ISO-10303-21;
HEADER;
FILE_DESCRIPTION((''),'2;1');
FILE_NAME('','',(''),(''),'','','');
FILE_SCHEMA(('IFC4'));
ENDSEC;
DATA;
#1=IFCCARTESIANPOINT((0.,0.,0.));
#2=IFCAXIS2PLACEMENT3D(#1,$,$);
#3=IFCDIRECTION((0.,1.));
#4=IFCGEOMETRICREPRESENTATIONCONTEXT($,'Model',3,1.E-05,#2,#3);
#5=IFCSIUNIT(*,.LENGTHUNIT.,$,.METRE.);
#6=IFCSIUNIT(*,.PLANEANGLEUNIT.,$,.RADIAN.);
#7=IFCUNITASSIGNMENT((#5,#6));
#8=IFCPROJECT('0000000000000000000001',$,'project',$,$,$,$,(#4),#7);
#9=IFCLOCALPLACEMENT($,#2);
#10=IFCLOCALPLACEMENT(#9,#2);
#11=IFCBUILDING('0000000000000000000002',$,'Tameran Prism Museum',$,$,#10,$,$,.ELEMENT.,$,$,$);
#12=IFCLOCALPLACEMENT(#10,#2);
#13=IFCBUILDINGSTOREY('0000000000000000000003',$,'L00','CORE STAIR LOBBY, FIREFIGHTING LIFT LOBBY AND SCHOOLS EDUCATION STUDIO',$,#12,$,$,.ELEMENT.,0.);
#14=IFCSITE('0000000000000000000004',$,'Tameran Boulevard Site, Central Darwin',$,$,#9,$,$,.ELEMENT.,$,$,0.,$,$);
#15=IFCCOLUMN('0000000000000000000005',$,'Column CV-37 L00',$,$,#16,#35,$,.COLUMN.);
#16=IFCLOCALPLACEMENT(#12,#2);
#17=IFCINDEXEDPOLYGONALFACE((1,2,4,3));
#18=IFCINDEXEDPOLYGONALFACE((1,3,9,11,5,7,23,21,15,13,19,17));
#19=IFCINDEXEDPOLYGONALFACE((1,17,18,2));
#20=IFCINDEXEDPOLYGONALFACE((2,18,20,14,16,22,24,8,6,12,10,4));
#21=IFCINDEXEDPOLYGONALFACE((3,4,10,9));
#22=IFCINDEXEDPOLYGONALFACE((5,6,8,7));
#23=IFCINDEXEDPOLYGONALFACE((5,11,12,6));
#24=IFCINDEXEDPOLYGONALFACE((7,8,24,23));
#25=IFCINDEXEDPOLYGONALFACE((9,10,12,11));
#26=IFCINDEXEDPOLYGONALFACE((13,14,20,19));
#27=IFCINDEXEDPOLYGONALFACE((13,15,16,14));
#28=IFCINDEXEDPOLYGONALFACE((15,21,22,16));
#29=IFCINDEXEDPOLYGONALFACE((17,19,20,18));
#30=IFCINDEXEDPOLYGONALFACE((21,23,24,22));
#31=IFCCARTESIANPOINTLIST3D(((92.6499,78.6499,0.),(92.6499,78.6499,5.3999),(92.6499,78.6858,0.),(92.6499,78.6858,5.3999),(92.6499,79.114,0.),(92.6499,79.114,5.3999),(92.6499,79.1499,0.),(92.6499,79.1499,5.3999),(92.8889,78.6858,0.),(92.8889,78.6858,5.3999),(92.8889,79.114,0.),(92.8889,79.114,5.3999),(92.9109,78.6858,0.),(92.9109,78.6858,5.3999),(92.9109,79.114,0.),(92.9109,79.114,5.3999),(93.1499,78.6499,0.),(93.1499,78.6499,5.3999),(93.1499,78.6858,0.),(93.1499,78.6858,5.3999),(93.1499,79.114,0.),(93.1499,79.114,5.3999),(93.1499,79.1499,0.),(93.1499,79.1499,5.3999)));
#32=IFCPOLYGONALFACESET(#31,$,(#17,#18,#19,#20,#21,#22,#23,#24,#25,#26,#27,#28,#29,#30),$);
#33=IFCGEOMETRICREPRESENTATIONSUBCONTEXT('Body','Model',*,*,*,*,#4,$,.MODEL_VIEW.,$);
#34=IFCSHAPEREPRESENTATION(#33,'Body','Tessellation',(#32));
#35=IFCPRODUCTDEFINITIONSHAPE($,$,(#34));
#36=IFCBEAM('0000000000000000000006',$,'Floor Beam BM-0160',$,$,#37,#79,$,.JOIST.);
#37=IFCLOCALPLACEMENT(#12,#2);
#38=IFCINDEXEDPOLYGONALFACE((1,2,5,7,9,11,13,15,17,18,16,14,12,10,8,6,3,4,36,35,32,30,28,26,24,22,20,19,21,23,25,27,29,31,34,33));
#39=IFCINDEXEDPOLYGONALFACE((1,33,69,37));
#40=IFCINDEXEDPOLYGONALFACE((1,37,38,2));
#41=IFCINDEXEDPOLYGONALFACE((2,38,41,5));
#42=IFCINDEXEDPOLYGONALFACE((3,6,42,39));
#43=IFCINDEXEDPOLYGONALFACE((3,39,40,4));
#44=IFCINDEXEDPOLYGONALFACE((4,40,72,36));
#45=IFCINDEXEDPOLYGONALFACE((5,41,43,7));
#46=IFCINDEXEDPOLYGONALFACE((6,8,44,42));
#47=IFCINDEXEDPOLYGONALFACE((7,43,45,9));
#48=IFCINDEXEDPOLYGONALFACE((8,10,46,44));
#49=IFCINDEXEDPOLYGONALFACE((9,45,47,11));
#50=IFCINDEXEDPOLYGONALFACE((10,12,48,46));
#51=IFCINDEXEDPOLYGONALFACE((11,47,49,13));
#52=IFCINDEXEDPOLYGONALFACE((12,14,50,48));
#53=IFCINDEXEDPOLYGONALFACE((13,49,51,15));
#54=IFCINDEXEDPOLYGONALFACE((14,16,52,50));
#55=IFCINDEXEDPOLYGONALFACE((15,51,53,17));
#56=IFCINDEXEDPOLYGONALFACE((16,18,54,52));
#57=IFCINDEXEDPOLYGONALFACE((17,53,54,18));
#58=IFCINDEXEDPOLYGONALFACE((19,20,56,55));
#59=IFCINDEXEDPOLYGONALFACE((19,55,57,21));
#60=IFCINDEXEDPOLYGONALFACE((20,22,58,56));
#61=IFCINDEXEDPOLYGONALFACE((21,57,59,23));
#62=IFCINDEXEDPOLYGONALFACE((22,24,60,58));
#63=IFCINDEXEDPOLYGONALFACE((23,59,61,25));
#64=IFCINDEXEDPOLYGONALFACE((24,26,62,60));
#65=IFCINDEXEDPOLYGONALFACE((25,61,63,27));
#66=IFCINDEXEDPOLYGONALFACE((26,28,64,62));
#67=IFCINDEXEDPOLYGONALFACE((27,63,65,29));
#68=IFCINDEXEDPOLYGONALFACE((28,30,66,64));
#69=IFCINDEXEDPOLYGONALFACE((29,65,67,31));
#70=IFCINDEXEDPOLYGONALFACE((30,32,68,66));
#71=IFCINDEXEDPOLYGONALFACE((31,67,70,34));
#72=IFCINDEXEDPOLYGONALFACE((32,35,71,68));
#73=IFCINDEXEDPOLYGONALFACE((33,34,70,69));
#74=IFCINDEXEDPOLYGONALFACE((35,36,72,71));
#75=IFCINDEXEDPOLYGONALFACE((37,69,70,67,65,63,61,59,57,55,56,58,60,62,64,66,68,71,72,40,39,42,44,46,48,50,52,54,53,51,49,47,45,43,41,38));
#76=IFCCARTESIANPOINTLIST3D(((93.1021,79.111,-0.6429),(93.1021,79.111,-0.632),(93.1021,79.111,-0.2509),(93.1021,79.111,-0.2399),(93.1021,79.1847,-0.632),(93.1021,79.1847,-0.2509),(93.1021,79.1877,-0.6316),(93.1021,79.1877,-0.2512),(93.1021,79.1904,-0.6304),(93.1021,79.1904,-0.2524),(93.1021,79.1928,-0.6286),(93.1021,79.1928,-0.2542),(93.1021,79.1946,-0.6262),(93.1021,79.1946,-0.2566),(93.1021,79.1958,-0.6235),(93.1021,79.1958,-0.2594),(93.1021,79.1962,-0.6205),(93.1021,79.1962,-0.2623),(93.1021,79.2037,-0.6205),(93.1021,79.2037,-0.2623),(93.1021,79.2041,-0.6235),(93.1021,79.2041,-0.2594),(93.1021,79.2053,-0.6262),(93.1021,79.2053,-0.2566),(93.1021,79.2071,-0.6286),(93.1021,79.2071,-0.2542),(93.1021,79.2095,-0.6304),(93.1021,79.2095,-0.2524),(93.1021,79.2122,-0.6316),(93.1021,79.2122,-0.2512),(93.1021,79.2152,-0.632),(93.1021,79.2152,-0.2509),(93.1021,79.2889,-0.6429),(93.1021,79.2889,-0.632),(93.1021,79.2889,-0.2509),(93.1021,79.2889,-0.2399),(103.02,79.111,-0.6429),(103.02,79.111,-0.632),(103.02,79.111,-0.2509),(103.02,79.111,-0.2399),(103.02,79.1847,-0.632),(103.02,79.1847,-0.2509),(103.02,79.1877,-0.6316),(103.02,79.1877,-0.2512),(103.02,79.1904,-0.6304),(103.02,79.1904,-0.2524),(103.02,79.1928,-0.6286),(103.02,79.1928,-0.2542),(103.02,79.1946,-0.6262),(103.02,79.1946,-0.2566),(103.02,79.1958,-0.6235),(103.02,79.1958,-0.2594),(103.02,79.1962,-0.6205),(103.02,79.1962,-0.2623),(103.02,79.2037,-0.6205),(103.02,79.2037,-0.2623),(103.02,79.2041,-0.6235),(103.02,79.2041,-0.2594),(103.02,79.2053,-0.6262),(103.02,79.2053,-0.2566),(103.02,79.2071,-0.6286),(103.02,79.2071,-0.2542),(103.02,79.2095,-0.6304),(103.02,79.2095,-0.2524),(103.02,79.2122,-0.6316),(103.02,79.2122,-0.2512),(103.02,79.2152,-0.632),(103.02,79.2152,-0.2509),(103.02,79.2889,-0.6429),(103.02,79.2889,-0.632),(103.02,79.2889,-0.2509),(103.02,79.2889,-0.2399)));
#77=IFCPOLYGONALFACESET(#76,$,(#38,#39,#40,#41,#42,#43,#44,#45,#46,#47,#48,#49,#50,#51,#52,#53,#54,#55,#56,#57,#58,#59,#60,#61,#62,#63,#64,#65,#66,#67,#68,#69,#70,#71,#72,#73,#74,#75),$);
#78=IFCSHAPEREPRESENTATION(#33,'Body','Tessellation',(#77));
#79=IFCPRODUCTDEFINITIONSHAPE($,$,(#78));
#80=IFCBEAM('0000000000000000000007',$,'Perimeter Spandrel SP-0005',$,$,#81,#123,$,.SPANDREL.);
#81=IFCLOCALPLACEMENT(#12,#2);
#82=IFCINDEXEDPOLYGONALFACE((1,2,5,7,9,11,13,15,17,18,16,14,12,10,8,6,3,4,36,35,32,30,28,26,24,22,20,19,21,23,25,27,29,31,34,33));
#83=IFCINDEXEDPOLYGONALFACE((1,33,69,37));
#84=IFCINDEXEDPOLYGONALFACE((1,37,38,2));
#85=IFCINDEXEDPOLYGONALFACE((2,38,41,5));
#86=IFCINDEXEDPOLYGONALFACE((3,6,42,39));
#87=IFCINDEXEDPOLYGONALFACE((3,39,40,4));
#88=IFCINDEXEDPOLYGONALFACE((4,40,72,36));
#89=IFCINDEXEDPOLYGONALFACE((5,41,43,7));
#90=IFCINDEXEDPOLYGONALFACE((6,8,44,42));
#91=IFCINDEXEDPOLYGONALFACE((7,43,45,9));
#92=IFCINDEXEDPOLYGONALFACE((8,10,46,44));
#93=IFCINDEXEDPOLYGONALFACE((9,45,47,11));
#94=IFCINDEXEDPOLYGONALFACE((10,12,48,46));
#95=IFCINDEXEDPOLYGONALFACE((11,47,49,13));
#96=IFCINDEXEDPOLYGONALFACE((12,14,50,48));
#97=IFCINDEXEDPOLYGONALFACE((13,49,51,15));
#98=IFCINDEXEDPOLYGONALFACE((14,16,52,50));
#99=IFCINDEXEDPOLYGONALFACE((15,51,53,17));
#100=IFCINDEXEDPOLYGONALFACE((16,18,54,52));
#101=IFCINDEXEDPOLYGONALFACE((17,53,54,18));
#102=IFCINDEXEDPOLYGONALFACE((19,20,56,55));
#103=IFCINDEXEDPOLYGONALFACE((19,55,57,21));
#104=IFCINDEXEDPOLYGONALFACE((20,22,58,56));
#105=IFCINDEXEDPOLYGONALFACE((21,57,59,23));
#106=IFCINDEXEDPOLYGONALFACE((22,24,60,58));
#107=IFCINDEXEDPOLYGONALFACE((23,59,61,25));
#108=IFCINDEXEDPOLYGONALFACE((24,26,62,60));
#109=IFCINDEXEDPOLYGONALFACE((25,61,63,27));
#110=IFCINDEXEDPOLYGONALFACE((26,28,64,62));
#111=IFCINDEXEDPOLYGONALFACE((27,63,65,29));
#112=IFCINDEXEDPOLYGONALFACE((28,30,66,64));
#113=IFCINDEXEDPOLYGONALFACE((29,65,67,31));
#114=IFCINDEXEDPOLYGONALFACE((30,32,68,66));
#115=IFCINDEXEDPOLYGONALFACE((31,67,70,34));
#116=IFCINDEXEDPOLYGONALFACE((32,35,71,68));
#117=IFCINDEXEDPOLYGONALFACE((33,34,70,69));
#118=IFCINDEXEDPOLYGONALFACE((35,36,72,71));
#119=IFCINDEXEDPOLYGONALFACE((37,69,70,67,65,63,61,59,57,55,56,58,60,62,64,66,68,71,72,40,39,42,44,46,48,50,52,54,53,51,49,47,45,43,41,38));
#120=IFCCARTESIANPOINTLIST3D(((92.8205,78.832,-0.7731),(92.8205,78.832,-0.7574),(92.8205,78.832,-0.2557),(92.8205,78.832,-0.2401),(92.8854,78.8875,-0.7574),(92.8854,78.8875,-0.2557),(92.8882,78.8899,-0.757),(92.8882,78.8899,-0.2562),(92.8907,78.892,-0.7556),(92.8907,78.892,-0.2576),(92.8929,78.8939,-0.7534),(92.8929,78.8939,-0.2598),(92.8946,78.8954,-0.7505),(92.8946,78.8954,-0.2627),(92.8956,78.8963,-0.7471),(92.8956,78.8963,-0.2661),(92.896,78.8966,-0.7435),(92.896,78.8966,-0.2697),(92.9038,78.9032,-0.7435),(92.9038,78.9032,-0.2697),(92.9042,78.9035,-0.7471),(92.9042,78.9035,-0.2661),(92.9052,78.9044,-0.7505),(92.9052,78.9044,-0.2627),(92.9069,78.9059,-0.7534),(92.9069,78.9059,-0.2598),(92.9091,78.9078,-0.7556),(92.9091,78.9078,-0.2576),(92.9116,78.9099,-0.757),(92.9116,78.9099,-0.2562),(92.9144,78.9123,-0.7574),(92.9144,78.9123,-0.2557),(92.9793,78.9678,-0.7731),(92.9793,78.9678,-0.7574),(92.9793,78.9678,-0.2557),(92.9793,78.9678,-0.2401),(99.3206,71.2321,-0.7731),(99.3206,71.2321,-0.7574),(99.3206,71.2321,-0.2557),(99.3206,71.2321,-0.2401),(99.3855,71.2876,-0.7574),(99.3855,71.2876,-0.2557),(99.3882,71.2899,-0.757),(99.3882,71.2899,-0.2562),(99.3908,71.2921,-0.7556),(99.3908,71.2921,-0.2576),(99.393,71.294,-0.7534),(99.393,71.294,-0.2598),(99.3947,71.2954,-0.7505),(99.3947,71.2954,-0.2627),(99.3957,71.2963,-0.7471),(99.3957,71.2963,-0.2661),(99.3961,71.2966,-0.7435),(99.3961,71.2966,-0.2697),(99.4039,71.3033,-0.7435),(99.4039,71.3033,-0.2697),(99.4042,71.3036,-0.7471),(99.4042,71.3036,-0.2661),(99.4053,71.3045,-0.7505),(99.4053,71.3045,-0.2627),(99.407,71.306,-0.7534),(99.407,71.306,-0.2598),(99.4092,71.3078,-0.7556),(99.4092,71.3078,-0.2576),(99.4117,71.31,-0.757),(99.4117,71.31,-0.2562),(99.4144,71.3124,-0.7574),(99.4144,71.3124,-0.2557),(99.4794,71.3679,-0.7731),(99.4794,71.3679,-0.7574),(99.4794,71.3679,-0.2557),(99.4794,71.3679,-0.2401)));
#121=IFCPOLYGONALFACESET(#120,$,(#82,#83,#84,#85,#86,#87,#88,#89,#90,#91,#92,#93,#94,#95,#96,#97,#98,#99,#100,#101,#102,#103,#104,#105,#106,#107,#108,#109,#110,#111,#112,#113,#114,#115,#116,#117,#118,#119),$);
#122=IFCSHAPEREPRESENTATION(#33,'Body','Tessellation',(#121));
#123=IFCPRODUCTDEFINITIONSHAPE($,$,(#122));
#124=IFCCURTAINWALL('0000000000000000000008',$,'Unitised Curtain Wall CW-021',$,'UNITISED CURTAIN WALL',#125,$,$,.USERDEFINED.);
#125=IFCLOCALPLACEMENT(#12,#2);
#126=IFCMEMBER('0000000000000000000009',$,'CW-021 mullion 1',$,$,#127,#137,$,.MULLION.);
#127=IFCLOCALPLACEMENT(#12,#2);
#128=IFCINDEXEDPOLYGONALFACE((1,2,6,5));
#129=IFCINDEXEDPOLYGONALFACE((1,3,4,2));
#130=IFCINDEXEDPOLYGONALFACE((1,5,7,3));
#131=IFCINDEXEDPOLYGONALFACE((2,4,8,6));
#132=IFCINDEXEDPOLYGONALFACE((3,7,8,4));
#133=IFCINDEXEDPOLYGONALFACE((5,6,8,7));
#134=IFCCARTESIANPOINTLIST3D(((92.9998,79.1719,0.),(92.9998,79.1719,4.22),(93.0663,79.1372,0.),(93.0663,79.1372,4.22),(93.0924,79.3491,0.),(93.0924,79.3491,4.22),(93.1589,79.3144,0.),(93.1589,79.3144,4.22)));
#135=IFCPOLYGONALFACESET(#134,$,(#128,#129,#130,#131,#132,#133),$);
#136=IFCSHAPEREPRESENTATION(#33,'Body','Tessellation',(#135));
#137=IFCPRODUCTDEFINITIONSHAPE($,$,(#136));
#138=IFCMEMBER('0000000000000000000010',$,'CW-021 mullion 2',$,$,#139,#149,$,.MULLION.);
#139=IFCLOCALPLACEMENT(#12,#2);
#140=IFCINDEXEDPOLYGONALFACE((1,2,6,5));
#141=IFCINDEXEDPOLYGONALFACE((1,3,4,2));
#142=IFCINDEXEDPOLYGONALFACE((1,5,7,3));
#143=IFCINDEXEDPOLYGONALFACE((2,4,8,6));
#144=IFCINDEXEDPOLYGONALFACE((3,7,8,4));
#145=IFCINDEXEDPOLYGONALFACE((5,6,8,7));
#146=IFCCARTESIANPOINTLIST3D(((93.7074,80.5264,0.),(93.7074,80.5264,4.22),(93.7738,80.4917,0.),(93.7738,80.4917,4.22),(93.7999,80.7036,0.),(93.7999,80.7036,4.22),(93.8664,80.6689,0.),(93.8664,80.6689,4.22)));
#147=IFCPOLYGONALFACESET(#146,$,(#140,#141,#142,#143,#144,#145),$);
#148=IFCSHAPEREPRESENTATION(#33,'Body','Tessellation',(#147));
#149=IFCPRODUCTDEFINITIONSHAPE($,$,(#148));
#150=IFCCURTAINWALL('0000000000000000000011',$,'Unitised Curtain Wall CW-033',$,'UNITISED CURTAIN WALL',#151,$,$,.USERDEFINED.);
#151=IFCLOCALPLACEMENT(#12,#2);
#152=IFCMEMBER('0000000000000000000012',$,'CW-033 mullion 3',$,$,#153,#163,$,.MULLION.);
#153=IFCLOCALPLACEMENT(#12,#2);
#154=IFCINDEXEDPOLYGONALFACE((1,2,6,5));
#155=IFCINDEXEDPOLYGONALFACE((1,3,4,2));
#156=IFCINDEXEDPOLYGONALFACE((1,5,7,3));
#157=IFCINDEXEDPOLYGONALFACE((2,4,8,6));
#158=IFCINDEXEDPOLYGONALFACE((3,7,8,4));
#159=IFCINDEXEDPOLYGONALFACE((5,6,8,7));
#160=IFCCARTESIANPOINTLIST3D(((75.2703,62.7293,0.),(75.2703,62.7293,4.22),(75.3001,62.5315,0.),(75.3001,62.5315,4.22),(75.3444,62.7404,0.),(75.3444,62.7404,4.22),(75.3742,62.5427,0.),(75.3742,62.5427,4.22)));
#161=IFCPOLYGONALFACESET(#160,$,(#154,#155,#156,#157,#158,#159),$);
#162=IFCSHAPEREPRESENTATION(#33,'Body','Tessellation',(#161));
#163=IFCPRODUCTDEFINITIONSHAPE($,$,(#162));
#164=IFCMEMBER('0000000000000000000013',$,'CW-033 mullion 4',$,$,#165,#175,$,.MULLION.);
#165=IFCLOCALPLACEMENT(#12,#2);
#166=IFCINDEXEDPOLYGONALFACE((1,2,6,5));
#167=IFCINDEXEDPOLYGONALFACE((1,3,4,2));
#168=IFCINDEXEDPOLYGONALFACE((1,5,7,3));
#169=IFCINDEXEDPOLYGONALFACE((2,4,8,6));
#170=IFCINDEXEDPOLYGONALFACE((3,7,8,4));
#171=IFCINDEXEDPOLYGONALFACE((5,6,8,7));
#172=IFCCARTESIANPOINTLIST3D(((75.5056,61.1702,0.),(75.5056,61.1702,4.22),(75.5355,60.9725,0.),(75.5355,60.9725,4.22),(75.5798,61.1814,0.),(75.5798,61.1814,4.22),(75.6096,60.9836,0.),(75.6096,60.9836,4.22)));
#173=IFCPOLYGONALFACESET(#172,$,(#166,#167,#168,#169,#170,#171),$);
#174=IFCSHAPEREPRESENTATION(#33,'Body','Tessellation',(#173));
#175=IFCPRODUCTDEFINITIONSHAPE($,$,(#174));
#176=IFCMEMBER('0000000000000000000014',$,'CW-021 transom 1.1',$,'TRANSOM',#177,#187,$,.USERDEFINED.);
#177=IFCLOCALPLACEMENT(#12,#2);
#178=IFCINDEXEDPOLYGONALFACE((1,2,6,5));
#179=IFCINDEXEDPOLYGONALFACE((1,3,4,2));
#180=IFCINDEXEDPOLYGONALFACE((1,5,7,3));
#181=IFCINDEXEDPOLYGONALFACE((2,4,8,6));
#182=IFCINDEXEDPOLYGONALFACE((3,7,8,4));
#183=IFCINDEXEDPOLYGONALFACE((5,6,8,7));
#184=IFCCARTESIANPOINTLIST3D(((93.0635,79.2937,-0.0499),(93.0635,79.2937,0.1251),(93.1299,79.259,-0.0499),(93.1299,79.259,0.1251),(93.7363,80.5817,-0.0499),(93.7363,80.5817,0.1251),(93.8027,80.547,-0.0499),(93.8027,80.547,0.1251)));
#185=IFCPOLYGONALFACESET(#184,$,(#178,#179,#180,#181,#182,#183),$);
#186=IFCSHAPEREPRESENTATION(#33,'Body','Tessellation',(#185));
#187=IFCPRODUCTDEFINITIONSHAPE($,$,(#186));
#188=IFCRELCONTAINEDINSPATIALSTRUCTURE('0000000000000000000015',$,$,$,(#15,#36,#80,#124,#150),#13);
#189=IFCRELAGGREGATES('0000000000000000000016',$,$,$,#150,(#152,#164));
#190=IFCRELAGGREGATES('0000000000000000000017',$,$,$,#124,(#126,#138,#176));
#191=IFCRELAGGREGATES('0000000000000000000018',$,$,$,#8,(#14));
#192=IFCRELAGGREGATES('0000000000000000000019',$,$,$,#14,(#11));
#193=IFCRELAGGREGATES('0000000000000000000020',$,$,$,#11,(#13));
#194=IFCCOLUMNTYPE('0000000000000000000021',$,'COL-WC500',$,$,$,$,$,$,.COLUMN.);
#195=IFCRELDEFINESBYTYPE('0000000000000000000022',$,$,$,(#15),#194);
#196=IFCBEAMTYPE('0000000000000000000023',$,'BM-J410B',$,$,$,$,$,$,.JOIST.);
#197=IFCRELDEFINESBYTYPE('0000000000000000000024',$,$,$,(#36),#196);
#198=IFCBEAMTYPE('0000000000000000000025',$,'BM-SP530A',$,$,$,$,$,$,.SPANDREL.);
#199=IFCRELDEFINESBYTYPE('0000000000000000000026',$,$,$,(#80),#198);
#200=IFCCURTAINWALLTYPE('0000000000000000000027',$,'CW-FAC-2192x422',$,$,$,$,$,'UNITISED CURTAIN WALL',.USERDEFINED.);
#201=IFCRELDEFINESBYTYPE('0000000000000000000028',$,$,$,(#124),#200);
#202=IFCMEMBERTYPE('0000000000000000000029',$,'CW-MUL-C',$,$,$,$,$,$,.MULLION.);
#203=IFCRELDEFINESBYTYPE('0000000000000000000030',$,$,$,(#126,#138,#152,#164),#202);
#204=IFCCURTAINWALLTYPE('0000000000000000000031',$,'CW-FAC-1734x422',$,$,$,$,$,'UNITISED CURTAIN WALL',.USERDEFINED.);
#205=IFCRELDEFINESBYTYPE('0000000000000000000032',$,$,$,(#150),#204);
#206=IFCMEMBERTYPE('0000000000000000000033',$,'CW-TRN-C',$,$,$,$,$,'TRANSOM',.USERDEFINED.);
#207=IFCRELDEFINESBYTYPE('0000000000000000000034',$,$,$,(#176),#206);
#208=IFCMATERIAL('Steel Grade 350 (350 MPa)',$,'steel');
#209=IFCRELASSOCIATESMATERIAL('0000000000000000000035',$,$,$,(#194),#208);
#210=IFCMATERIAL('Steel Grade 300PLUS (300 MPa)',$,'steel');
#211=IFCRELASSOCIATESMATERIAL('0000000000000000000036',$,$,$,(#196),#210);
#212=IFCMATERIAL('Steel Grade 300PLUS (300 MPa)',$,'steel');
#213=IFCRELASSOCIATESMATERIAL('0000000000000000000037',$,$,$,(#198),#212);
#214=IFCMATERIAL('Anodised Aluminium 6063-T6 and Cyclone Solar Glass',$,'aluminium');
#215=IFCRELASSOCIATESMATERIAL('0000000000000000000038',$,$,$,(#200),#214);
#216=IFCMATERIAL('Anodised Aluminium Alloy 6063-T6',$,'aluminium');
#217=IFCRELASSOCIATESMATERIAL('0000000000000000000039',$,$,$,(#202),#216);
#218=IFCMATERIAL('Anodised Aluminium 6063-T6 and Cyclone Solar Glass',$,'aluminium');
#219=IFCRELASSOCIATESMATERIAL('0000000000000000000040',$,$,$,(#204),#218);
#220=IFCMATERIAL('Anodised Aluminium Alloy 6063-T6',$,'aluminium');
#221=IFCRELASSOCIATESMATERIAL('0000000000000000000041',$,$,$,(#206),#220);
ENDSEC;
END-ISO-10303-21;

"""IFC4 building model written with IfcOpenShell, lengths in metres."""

from ifc_helpers import new_model, si_unit, direction, frame, origin, origin_2d, place, context, subcontext, project, spatial, rectangle, i_section, extrude, material, material_profile, profile_set, type_object, element, aggregate, save


model = new_model("IFC4")

# Units and contexts
model_context = context("Model", 3, precision=1e-05, world=origin(), true_north=direction((0.0, 1.0)))
body_context = subcontext(model_context, "Body", "Model", "MODEL_VIEW")
ifc_project = project(units=[si_unit("LENGTHUNIT", "METRE"), si_unit("PLANEANGLEUNIT", "RADIAN")], contexts=[model_context])

# Site, building, storey
site_placement = place(None, origin())
site = spatial("IfcSite", under=ifc_project, at=site_placement, Name="Tameran Boulevard Site, Central Darwin", CompositionType="ELEMENT", RefElevation=0.0)
building_placement = place(site_placement, origin())
building = spatial("IfcBuilding", under=site, at=building_placement, Name="Tameran Prism Museum", CompositionType="ELEMENT")
storey_placement = place(building_placement, origin())
storey = spatial("IfcBuildingStorey", under=building, at=storey_placement, Name="L00", Description="CORE STAIR LOBBY, FIREFIGHTING LIFT LOBBY AND SCHOOLS EDUCATION STUDIO", CompositionType="ELEMENT", Elevation=0.0)

# Column
ifc_material_1 = material(Name="Steel Grade 350 (350 MPa)", Category="steel")
ifc_material_profile_1 = material_profile(ifc_material_1, i_section(OverallWidth=0.5, OverallDepth=0.5, WebThickness=0.022, FlangeThickness=0.0359, at=origin_2d()))
ifc_profile_set_1 = profile_set([ifc_material_profile_1])
column_type = type_object("IfcColumnType", Name="COL-WC500", PredefinedType="COLUMN", material=ifc_profile_set_1)
column_placement = place(storey_placement, frame((92.8999, 78.8999, 0.0), z_axis=(0.0, 0.0, 1.0), x_axis=(1.0, 0.0, 0.0)))
element("IfcColumn", 1, at=column_placement, inside=storey, type_object=column_type, Name="Column CV-37 L00", PredefinedType="COLUMN", context=body_context, shape_type="SweptSolid", body=[
    extrude(i_section(OverallWidth=0.5, OverallDepth=0.5, WebThickness=0.022, FlangeThickness=0.0359, at=origin_2d()), origin(), (0.0, 0.0, 1.0), 5.3999),
])

# Beams
ifc_material_2 = material(Name="Steel Grade 300PLUS (300 MPa)", Category="steel")
ifc_material_profile_2 = material_profile(ifc_material_2, i_section(OverallWidth=0.178, OverallDepth=0.4031, WebThickness=0.0076, FlangeThickness=0.011, FilletRadius=0.0115, at=origin_2d()))
ifc_profile_set_2 = profile_set([ifc_material_profile_2])
beam_type_1 = type_object("IfcBeamType", Name="BM-J410B", PredefinedType="JOIST", material=ifc_profile_set_2)
beam_1_placement = place(storey_placement, frame((93.1021, 79.2, -0.4414), z_axis=(1.0, 0.0, 0.0), x_axis=(0.0, 1.0, 0.0)))
element("IfcBeam", 2, at=beam_1_placement, inside=storey, type_object=beam_type_1, Name="Floor Beam BM-0160", PredefinedType="JOIST", context=body_context, shape_type="SweptSolid", body=[
    extrude(i_section(OverallWidth=0.178, OverallDepth=0.4031, WebThickness=0.0076, FlangeThickness=0.011, FilletRadius=0.0115, at=origin_2d()), origin(), (0.0, 0.0, 1.0), 9.918),
])
ifc_material_3 = material(Name="Steel Grade 300PLUS (300 MPa)", Category="steel")
ifc_material_profile_3 = material_profile(ifc_material_3, i_section(OverallWidth=0.209, OverallDepth=0.533, WebThickness=0.0103, FlangeThickness=0.0156, FilletRadius=0.0139, at=origin_2d()))
ifc_profile_set_3 = profile_set([ifc_material_profile_3])
beam_type_2 = type_object("IfcBeamType", Name="BM-SP530A", PredefinedType="SPANDREL", material=ifc_profile_set_3)
beam_2_placement = place(storey_placement, frame((92.8999, 78.8999, -0.5066), z_axis=(0.649975, -0.759956, 0.0), x_axis=(0.759956, 0.649975, 0.0)))
element("IfcBeam", 3, at=beam_2_placement, inside=storey, type_object=beam_type_2, Name="Perimeter Spandrel SP-0005", PredefinedType="SPANDREL", context=body_context, shape_type="SweptSolid", body=[
    extrude(i_section(OverallWidth=0.209, OverallDepth=0.533, WebThickness=0.0103, FlangeThickness=0.0156, FilletRadius=0.0139, at=origin_2d()), origin(), (0.0, 0.0, 1.0), 10.0005),
])

# Curtain walls, members
ifc_material_4 = material(Name="Anodised Aluminium 6063-T6 and Cyclone Solar Glass", Category="aluminium")
curtain_wall_type_1 = type_object("IfcCurtainWallType", Name="CW-FAC-2192x422", ElementType="UNITISED CURTAIN WALL", PredefinedType="USERDEFINED", material=ifc_material_4)
curtain_wall_1_placement = place(storey_placement, origin())
curtain_wall_1 = element("IfcCurtainWall", 4, at=curtain_wall_1_placement, inside=storey, type_object=curtain_wall_type_1, Name="Unitised Curtain Wall CW-021", ObjectType="UNITISED CURTAIN WALL", PredefinedType="USERDEFINED")
ifc_material_5 = material(Name="Anodised Aluminium Alloy 6063-T6", Category="aluminium")
ifc_material_profile_4 = material_profile(ifc_material_5, rectangle(XDim=0.075, YDim=0.2, at=origin_2d()))
ifc_profile_set_4 = profile_set([ifc_material_profile_4])
member_type_1 = type_object("IfcMemberType", Name="CW-MUL-C", PredefinedType="MULLION", material=ifc_profile_set_4)
member_1_placement = place(storey_placement, frame((93.0793, 79.2432, 0.0), z_axis=(0.0, 0.0, 1.0), x_axis=(-0.886357, 0.463003, 0.0)))
member_1 = element("IfcMember", 5, at=member_1_placement, type_object=member_type_1, Name="CW-021 mullion 1", PredefinedType="MULLION", context=body_context, shape_type="SweptSolid", body=[
    extrude(rectangle(XDim=0.075, YDim=0.2, at=origin_2d()), origin(), (0.0, 0.0, 1.0), 4.22),
])
member_2_placement = place(storey_placement, frame((93.7869, 80.5977, 0.0), z_axis=(0.0, 0.0, 1.0), x_axis=(-0.886357, 0.463003, 0.0)))
member_2 = element("IfcMember", 6, at=member_2_placement, type_object=member_type_1, Name="CW-021 mullion 2", PredefinedType="MULLION", context=body_context, shape_type="SweptSolid", body=[
    extrude(rectangle(XDim=0.075, YDim=0.2, at=origin_2d()), origin(), (0.0, 0.0, 1.0), 4.22),
])
ifc_material_6 = material(Name="Anodised Aluminium 6063-T6 and Cyclone Solar Glass", Category="aluminium")
curtain_wall_type_2 = type_object("IfcCurtainWallType", Name="CW-FAC-1734x422", ElementType="UNITISED CURTAIN WALL", PredefinedType="USERDEFINED", material=ifc_material_6)
curtain_wall_2_placement = place(storey_placement, origin())
curtain_wall_2 = element("IfcCurtainWall", 7, at=curtain_wall_2_placement, inside=storey, type_object=curtain_wall_type_2, Name="Unitised Curtain Wall CW-033", ObjectType="UNITISED CURTAIN WALL", PredefinedType="USERDEFINED")
member_3_placement = place(storey_placement, frame((75.3223, 62.636, 0.0), z_axis=(0.0, 0.0, 1.0), x_axis=(0.988812, 0.149167, 0.0)))
member_3 = element("IfcMember", 8, at=member_3_placement, type_object=member_type_1, Name="CW-033 mullion 3", PredefinedType="MULLION", context=body_context, shape_type="SweptSolid", body=[
    extrude(rectangle(XDim=0.075, YDim=0.2, at=origin_2d()), origin(), (0.0, 0.0, 1.0), 4.22),
])
member_4_placement = place(storey_placement, frame((75.5576, 61.0769, 0.0), z_axis=(0.0, 0.0, 1.0), x_axis=(0.988812, 0.149167, 0.0)))
member_4 = element("IfcMember", 9, at=member_4_placement, type_object=member_type_1, Name="CW-033 mullion 4", PredefinedType="MULLION", context=body_context, shape_type="SweptSolid", body=[
    extrude(rectangle(XDim=0.075, YDim=0.2, at=origin_2d()), origin(), (0.0, 0.0, 1.0), 4.22),
])

# Member
ifc_material_7 = material(Name="Anodised Aluminium Alloy 6063-T6", Category="aluminium")
ifc_material_profile_5 = material_profile(ifc_material_7, rectangle(XDim=0.075, YDim=0.175, at=origin_2d()))
ifc_profile_set_5 = profile_set([ifc_material_profile_5])
member_type_2 = type_object("IfcMemberType", Name="CW-TRN-C", ElementType="TRANSOM", PredefinedType="USERDEFINED", material=ifc_profile_set_5)
member_5_placement = place(storey_placement, frame((93.0967, 79.2764, 0.0376), z_axis=(0.463002, 0.886357, 0.0), x_axis=(-0.886357, 0.463002, 0.0)))
member_5 = element("IfcMember", 10, at=member_5_placement, type_object=member_type_2, Name="CW-021 transom 1.1", ObjectType="TRANSOM", PredefinedType="USERDEFINED", context=body_context, shape_type="SweptSolid", body=[
    extrude(rectangle(XDim=0.075, YDim=0.175, at=origin_2d()), origin(), (0.0, 0.0, 1.0), 1.4531),
])

aggregate(curtain_wall_2, [member_3, member_4])
aggregate(curtain_wall_1, [member_1, member_2, member_5])

save(model, "model.ifc")
